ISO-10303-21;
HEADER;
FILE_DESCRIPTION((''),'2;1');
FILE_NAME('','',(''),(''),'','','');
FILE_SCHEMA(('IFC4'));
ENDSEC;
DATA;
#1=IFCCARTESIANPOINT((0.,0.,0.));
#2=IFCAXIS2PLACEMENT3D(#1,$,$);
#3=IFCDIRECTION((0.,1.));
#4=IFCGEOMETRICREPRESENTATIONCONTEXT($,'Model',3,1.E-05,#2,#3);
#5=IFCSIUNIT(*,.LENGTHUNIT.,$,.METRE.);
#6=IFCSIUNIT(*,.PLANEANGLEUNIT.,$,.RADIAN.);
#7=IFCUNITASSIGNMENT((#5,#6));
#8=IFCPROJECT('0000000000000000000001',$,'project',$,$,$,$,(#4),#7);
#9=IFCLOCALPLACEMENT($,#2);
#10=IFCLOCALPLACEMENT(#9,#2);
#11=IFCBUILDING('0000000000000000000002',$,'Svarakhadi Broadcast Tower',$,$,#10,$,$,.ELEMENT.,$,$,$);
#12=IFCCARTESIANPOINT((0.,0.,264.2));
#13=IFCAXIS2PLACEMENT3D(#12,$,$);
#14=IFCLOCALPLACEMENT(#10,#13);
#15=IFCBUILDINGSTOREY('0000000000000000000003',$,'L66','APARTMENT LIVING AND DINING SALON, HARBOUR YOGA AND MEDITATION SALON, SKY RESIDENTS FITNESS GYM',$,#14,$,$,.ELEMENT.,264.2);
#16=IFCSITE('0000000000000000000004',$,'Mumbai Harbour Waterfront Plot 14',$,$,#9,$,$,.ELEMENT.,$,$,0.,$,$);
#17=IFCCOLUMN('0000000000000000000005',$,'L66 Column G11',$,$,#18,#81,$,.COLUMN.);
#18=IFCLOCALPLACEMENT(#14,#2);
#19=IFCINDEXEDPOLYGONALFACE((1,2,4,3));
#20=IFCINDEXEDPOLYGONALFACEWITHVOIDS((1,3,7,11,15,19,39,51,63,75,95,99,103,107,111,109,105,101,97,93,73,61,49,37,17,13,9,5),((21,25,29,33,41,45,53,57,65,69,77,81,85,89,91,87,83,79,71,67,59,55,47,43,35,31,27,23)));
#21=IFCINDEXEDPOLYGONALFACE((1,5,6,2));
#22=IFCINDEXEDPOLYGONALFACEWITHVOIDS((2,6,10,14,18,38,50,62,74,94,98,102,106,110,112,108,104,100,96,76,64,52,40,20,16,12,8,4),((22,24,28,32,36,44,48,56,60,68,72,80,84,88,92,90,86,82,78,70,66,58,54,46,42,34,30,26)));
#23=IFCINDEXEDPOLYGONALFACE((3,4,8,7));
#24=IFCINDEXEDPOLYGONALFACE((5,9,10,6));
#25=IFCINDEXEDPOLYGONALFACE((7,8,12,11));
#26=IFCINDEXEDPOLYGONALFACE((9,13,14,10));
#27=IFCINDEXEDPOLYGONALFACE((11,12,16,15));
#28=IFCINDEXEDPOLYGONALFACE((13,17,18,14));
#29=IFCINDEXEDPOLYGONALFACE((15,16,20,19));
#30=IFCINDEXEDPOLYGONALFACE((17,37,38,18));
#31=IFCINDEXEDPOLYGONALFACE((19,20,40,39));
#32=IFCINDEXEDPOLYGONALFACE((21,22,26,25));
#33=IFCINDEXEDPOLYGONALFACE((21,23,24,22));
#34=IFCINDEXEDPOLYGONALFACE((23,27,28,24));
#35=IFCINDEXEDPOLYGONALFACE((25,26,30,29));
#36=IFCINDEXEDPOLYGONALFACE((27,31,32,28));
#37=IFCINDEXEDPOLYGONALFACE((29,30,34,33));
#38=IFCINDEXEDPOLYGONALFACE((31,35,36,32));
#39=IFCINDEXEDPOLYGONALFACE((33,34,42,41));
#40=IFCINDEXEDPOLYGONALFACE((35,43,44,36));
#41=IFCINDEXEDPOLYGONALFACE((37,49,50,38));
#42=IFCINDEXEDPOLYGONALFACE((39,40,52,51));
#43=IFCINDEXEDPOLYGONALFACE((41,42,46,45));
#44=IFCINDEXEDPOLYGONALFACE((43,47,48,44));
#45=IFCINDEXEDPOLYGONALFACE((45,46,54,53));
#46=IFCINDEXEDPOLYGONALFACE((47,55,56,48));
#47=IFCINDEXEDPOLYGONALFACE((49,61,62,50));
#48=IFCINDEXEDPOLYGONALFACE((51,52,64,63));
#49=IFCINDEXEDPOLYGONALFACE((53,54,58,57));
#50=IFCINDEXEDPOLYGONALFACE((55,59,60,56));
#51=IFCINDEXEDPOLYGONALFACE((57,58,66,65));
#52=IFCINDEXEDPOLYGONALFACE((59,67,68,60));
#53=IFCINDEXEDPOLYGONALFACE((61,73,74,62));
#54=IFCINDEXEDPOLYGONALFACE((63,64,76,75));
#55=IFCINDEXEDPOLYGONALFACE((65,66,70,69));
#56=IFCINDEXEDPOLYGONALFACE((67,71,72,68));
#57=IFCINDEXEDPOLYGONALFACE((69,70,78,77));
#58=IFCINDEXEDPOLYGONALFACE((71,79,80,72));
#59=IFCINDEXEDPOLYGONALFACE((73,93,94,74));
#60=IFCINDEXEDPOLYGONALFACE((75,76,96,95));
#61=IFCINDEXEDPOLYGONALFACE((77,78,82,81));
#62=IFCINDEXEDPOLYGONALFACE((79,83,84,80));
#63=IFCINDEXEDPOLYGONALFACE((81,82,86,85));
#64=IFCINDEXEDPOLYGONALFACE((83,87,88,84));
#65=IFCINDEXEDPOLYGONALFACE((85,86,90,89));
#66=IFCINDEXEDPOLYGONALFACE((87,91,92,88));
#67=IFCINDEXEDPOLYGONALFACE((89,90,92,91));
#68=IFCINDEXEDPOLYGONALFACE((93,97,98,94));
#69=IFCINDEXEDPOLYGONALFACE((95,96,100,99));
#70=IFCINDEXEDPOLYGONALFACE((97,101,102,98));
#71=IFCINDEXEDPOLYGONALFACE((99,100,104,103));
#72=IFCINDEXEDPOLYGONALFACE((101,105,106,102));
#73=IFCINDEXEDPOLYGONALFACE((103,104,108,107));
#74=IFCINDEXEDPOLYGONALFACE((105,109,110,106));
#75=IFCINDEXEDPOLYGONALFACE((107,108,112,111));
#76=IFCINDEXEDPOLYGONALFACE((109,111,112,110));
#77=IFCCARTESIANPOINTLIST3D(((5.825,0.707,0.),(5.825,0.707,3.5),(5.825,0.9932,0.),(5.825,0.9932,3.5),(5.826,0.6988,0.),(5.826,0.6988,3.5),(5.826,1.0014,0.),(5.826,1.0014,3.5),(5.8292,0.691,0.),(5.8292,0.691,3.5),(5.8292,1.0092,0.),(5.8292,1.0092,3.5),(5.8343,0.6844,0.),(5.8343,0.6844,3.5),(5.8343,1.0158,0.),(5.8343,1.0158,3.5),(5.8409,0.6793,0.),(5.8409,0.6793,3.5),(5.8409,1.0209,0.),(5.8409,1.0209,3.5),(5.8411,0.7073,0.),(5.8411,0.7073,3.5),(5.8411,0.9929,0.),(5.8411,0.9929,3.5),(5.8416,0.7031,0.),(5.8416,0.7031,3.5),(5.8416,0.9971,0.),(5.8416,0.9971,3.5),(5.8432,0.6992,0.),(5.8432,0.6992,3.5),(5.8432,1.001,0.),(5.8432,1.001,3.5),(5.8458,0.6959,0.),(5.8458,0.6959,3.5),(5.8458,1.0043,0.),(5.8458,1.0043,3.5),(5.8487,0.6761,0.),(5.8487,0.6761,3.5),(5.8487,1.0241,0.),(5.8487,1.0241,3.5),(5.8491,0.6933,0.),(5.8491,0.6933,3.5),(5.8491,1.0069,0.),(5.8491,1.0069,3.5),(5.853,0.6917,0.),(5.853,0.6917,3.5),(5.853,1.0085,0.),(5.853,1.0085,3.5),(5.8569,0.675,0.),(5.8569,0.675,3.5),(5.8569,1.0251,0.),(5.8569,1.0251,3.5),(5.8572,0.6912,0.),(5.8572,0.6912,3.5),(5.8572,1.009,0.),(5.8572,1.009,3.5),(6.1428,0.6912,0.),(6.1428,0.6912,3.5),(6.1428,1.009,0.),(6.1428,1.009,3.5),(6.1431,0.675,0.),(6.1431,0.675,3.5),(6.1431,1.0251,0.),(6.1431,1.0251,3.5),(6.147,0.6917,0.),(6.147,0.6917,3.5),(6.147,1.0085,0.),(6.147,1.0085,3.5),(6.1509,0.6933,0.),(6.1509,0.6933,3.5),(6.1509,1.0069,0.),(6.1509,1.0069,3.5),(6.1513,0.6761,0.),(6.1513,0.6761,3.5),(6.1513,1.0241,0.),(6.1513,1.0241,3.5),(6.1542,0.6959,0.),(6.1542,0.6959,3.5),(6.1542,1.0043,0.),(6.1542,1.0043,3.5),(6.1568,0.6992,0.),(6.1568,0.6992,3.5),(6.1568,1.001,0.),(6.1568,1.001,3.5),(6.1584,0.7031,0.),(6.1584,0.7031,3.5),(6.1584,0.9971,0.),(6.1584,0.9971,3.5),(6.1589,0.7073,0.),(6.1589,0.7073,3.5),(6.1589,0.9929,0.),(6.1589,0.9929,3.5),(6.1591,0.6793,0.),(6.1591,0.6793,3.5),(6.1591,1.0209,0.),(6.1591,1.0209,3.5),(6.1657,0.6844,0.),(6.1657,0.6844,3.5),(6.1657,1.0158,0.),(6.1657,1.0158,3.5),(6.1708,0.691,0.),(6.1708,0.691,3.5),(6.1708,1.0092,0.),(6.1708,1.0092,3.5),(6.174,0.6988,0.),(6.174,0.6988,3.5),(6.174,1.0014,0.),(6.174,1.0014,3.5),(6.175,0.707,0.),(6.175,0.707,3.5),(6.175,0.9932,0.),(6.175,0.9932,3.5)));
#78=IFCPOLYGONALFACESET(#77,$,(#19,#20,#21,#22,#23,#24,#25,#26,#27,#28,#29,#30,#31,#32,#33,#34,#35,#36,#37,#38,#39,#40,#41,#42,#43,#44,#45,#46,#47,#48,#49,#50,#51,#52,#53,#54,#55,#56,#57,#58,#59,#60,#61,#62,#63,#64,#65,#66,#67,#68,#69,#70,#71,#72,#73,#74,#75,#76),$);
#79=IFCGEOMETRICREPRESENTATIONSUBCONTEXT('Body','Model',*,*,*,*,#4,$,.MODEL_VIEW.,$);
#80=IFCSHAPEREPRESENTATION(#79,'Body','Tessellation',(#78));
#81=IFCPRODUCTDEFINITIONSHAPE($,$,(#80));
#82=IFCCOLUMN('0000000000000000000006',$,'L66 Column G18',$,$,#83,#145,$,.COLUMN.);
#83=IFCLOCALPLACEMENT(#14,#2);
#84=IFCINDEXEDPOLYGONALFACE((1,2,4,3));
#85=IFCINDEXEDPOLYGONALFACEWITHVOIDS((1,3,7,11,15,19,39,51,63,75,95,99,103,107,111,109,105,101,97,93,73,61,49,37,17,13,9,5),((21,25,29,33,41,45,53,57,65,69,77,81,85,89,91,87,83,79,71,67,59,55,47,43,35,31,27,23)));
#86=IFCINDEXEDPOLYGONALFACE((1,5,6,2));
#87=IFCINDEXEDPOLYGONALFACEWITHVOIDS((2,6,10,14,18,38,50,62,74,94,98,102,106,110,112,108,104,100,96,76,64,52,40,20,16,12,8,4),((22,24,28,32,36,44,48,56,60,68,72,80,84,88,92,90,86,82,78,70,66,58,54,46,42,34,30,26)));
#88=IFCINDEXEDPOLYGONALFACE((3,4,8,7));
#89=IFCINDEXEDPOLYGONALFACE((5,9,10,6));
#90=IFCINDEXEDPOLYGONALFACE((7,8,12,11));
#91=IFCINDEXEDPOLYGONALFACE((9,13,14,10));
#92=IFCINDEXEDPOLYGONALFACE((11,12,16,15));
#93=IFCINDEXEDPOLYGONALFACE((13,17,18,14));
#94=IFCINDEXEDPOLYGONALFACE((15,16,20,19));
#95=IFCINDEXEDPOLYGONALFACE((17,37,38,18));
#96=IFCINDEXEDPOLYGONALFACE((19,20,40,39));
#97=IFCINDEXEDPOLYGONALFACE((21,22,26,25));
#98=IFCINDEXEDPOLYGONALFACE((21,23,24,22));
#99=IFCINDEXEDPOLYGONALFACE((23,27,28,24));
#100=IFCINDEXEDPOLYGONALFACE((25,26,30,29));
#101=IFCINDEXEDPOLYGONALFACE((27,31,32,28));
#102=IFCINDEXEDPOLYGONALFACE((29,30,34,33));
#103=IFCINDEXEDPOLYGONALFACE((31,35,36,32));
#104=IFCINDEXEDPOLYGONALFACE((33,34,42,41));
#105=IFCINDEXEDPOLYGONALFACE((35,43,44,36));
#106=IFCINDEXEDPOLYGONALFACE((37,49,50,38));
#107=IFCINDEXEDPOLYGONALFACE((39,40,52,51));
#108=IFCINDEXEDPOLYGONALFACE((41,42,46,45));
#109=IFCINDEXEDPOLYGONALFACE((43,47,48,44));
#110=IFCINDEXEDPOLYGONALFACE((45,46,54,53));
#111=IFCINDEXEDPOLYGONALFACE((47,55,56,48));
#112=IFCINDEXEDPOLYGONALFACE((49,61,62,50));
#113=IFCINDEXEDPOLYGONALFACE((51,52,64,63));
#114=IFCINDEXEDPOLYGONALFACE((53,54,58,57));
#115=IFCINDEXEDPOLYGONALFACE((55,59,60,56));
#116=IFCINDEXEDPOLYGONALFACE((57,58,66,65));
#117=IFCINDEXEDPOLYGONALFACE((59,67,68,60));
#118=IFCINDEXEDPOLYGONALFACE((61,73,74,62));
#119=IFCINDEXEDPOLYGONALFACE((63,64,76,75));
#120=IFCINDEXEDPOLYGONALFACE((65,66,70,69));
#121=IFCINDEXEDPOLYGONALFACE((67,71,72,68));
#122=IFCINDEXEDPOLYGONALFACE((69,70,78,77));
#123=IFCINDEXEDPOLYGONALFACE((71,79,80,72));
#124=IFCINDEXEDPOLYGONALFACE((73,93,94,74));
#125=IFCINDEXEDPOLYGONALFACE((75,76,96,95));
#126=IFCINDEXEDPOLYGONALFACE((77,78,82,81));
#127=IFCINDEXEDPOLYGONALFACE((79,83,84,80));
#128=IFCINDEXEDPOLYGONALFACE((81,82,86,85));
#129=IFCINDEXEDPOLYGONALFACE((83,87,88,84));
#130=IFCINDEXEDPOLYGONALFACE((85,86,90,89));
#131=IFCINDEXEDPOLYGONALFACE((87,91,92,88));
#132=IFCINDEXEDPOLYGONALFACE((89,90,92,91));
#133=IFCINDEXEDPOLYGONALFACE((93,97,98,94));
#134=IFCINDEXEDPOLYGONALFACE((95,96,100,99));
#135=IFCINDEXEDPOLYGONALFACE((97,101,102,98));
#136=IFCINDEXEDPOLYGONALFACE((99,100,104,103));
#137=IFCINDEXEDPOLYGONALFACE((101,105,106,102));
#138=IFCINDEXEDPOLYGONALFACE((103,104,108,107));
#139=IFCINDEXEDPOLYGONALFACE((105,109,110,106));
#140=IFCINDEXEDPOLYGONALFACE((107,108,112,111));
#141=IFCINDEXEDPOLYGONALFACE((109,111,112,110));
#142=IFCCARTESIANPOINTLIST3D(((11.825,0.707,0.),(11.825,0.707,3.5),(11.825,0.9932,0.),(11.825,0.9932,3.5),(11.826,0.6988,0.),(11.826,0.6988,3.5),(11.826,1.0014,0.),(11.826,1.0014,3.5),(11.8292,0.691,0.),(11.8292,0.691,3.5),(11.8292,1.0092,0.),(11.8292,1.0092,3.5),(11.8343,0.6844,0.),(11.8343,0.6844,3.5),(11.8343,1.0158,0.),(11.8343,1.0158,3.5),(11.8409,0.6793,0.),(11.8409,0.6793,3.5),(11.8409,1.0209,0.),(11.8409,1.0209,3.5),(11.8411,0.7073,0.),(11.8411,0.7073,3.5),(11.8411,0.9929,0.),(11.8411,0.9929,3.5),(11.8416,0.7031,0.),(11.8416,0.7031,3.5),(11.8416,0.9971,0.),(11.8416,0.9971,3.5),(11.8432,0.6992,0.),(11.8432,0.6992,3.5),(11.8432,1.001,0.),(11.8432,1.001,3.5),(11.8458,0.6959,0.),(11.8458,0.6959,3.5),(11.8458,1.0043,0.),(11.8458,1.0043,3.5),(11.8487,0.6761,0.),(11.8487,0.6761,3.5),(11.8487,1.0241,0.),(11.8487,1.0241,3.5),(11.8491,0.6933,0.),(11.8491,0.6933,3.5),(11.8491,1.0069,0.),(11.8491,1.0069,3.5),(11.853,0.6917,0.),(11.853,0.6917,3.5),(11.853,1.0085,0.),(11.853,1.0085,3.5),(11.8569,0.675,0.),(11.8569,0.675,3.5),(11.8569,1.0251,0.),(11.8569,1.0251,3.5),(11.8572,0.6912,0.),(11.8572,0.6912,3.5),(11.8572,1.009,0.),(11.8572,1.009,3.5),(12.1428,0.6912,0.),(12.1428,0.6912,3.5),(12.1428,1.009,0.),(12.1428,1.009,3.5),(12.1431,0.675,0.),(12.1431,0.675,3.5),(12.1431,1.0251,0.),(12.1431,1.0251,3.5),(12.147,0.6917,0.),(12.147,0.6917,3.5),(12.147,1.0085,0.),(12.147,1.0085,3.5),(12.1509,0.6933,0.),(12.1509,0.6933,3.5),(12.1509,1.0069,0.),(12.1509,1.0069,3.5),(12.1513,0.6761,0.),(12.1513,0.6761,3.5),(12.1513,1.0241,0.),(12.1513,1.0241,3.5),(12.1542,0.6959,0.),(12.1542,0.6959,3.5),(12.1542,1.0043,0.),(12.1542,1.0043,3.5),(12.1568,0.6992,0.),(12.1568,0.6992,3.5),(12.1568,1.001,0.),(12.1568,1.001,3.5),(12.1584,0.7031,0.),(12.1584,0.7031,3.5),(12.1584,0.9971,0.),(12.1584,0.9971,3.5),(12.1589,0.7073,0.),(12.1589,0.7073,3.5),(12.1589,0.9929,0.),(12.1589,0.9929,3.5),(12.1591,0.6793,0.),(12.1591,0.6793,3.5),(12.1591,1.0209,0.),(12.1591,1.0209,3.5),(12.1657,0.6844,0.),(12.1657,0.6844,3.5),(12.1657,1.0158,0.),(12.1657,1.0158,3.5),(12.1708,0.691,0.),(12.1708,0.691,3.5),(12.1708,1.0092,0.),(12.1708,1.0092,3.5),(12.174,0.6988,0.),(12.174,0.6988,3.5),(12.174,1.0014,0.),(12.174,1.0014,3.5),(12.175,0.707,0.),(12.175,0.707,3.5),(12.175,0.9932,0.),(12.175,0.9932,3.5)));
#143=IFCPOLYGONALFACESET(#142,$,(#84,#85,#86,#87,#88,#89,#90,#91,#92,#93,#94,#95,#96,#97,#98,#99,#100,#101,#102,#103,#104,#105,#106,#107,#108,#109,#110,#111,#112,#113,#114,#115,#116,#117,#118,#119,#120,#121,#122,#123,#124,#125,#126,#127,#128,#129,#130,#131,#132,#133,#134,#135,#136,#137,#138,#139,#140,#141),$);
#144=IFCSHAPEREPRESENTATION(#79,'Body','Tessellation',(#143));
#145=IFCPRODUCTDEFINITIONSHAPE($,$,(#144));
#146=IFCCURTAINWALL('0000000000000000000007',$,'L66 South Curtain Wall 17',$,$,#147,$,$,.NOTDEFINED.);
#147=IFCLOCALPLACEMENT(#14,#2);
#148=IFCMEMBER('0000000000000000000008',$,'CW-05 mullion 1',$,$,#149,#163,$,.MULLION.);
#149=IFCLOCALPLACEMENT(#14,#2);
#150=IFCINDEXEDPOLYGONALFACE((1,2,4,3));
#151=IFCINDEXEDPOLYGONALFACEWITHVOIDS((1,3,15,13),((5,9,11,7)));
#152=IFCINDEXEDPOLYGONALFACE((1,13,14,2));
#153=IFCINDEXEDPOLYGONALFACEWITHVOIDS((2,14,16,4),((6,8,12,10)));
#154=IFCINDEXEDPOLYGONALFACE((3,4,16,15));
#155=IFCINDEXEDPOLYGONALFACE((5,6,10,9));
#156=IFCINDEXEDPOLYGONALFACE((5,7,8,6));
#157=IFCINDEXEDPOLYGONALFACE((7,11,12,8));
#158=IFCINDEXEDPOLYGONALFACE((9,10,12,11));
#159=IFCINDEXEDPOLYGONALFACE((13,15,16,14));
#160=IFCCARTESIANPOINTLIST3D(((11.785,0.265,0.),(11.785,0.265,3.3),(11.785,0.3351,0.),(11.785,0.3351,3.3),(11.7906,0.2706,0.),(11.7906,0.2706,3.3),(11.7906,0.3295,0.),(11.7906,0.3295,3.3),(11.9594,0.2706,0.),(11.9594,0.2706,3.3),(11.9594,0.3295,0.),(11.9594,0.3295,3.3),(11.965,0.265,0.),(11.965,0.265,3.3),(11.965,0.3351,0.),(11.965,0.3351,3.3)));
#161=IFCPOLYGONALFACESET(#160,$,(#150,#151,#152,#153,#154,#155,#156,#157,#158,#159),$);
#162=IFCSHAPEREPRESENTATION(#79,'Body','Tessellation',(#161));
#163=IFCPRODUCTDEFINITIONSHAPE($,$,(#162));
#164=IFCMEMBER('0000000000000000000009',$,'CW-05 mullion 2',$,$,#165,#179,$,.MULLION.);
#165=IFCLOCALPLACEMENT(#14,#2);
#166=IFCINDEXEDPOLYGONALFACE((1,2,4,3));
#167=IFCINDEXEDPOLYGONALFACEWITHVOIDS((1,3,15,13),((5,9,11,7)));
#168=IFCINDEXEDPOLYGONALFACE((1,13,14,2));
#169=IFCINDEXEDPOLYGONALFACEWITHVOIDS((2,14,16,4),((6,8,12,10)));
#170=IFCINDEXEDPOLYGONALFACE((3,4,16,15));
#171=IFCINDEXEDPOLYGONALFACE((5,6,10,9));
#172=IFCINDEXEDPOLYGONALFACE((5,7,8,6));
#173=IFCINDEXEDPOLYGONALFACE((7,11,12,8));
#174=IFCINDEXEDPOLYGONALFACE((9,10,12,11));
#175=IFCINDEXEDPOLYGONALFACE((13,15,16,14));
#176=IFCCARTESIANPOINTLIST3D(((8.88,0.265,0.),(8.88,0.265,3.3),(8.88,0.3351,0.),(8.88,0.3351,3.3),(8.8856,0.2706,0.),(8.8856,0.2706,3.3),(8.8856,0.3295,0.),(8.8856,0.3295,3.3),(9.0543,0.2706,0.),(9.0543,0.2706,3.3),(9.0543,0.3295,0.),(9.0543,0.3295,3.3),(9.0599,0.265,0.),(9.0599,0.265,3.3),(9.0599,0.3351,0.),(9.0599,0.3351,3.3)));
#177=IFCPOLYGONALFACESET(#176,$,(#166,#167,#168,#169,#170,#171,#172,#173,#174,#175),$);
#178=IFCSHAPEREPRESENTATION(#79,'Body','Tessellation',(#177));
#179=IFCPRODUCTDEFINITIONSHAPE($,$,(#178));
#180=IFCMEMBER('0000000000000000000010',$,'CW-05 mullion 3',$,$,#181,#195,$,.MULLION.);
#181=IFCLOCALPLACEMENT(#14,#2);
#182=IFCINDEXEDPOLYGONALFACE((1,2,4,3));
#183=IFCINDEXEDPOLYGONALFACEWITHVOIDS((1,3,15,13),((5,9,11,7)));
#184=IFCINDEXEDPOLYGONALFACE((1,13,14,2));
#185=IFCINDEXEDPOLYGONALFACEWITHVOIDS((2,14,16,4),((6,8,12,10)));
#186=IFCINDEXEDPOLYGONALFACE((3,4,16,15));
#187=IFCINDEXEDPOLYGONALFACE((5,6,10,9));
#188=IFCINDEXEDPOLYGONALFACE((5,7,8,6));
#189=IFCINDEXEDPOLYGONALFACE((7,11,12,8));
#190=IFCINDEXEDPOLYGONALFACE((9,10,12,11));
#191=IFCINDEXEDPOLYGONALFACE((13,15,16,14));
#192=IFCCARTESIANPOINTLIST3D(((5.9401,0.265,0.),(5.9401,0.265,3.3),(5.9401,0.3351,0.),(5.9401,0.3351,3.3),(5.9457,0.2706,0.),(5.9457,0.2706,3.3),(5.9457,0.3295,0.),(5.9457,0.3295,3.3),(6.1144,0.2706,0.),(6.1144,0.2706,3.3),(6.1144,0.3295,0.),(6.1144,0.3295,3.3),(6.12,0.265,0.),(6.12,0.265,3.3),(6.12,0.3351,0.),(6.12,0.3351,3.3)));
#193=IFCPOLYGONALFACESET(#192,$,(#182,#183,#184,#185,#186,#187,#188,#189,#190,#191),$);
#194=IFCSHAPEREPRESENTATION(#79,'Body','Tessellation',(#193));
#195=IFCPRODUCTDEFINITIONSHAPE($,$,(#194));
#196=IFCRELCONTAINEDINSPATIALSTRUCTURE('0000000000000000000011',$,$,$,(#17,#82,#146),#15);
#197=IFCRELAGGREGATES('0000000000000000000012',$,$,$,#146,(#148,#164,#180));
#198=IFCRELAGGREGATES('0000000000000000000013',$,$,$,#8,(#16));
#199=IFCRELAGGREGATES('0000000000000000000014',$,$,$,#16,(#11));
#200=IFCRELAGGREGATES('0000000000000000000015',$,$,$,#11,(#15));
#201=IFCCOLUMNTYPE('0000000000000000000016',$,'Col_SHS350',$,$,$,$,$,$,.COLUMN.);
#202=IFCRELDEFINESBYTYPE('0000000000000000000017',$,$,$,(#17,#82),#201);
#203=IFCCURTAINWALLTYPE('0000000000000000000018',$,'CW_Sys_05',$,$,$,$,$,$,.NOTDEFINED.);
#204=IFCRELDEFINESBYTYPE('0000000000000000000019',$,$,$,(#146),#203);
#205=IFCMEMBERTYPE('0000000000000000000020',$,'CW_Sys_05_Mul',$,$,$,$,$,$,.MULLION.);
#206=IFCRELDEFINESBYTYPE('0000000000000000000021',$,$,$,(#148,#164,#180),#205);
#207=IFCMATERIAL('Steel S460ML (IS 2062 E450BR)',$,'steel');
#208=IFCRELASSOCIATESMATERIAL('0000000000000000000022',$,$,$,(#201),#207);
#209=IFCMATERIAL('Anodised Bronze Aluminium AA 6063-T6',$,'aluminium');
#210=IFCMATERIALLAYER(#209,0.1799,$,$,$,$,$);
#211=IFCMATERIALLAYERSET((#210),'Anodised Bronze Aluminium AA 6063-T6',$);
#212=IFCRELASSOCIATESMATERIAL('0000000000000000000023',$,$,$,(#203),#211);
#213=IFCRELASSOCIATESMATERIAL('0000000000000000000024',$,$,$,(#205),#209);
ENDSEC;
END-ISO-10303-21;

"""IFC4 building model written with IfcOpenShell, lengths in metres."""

from ifc_helpers import new_model, si_unit, direction, frame, origin, origin_2d, place, context, subcontext, project, spatial, hollow_rectangle, extrude, material, layer, layer_set, material_profile, profile_set, type_object, element, aggregate, save


model = new_model("IFC4")

# Units and contexts
model_context = context("Model", 3, precision=1e-05, world=origin(), true_north=direction((0.0, 1.0)))
body_context = subcontext(model_context, "Body", "Model", "MODEL_VIEW")
ifc_project = project(units=[si_unit("LENGTHUNIT", "METRE"), si_unit("PLANEANGLEUNIT", "RADIAN")], contexts=[model_context])

# Site, building, storey
site_placement = place(None, origin())
site = spatial("IfcSite", under=ifc_project, at=site_placement, Name="Mumbai Harbour Waterfront Plot 14", CompositionType="ELEMENT", RefElevation=0.0)
building_placement = place(site_placement, origin())
building = spatial("IfcBuilding", under=site, at=building_placement, Name="Svarakhadi Broadcast Tower", CompositionType="ELEMENT")
storey_placement = place(building_placement, frame((0.0, 0.0, 264.2)))
storey = spatial("IfcBuildingStorey", under=building, at=storey_placement, Name="L66", Description="APARTMENT LIVING AND DINING SALON, HARBOUR YOGA AND MEDITATION SALON, SKY RESIDENTS FITNESS GYM", CompositionType="ELEMENT", Elevation=264.2)

# Columns
ifc_material_1 = material(Name="Steel S460ML (IS 2062 E450BR)", Category="steel")
ifc_material_profile_1 = material_profile(ifc_material_1, hollow_rectangle(XDim=0.3501, YDim=0.3501, WallThickness=0.0161, InnerFilletRadius=0.0161, OuterFilletRadius=0.032, at=origin_2d()), Name="SHS 350x350x16")
ifc_profile_set_1 = profile_set([ifc_material_profile_1], Name="Steel S460ML (IS 2062 E450BR)")
column_type = type_object("IfcColumnType", Name="Col_SHS350", PredefinedType="COLUMN", material=ifc_profile_set_1)
for number, where, z_axis, x_axis, name in (
    (1, (6.0, 0.8501, 0.0), (0.0, 0.0, 1.0), (1.0, 0.0, 0.0), "L66 Column G11"),
    (2, (12.0, 0.8501, 0.0), (0.0, 0.0, 1.0), (1.0, 0.0, 0.0), "L66 Column G18"),
):
    element("IfcColumn", number, at=place(storey_placement, frame(where, z_axis=z_axis, x_axis=x_axis)), inside=storey, type_object=column_type, Name=name, PredefinedType="COLUMN", context=body_context, shape_type="SweptSolid", body=[
        extrude(hollow_rectangle(XDim=0.3501, YDim=0.3501, WallThickness=0.0161, InnerFilletRadius=0.0161, OuterFilletRadius=0.032, at=origin_2d()), origin(), (0.0, 0.0, 1.0), 3.5),
    ])

# Curtain wall, members
ifc_material_2 = material(Name="Anodised Bronze Aluminium AA 6063-T6", Category="aluminium")
ifc_layer_1 = layer(ifc_material_2, 0.1799)
ifc_layer_set_1 = layer_set([ifc_layer_1], Name="Anodised Bronze Aluminium AA 6063-T6")
curtain_wall_type = type_object("IfcCurtainWallType", Name="CW_Sys_05", PredefinedType="NOTDEFINED", material=ifc_layer_set_1)
curtain_wall_placement = place(storey_placement, origin())
curtain_wall = element("IfcCurtainWall", 3, at=curtain_wall_placement, inside=storey, type_object=curtain_wall_type, Name="L66 South Curtain Wall 17", PredefinedType="NOTDEFINED")
ifc_material_profile_2 = material_profile(ifc_material_2, hollow_rectangle(XDim=0.0701, YDim=0.1799, WallThickness=0.0056, at=origin_2d()), Name="ALU MULLION 180x70x6")
ifc_profile_set_2 = profile_set([ifc_material_profile_2], Name="Anodised Bronze Aluminium AA 6063-T6")
member_type_1 = type_object("IfcMemberType", Name="CW_Sys_05_Mul", PredefinedType="MULLION", material=ifc_profile_set_2)
member_1_placement = place(storey_placement, frame((11.875, 0.3, 0.0), z_axis=(0.0, 0.0, 1.0), x_axis=(0.0, -1.0, 0.0)))
member_1 = element("IfcMember", 4, at=member_1_placement, type_object=member_type_1, Name="CW-05 mullion 1", PredefinedType="MULLION", context=body_context, shape_type="SweptSolid", body=[
    extrude(hollow_rectangle(XDim=0.0701, YDim=0.1799, WallThickness=0.0056, at=origin_2d()), origin(), (0.0, 0.0, 1.0), 3.3),
])
member_2_placement = place(storey_placement, frame((8.97, 0.3, 0.0), z_axis=(0.0, 0.0, 1.0), x_axis=(0.0, -1.0, 0.0)))
member_2 = element("IfcMember", 5, at=member_2_placement, type_object=member_type_1, Name="CW-05 mullion 2", PredefinedType="MULLION", context=body_context, shape_type="SweptSolid", body=[
    extrude(hollow_rectangle(XDim=0.0701, YDim=0.1799, WallThickness=0.0056, at=origin_2d()), origin(), (0.0, 0.0, 1.0), 3.3),
])
member_3_placement = place(storey_placement, frame((6.03, 0.3, 0.0), z_axis=(0.0, 0.0, 1.0), x_axis=(0.0, -1.0, 0.0)))
member_3 = element("IfcMember", 6, at=member_3_placement, type_object=member_type_1, Name="CW-05 mullion 3", PredefinedType="MULLION", context=body_context, shape_type="SweptSolid", body=[
    extrude(hollow_rectangle(XDim=0.0701, YDim=0.1799, WallThickness=0.0056, at=origin_2d()), origin(), (0.0, 0.0, 1.0), 3.3),
])

aggregate(curtain_wall, [member_1, member_2, member_3])

save(model, "model.ifc")
